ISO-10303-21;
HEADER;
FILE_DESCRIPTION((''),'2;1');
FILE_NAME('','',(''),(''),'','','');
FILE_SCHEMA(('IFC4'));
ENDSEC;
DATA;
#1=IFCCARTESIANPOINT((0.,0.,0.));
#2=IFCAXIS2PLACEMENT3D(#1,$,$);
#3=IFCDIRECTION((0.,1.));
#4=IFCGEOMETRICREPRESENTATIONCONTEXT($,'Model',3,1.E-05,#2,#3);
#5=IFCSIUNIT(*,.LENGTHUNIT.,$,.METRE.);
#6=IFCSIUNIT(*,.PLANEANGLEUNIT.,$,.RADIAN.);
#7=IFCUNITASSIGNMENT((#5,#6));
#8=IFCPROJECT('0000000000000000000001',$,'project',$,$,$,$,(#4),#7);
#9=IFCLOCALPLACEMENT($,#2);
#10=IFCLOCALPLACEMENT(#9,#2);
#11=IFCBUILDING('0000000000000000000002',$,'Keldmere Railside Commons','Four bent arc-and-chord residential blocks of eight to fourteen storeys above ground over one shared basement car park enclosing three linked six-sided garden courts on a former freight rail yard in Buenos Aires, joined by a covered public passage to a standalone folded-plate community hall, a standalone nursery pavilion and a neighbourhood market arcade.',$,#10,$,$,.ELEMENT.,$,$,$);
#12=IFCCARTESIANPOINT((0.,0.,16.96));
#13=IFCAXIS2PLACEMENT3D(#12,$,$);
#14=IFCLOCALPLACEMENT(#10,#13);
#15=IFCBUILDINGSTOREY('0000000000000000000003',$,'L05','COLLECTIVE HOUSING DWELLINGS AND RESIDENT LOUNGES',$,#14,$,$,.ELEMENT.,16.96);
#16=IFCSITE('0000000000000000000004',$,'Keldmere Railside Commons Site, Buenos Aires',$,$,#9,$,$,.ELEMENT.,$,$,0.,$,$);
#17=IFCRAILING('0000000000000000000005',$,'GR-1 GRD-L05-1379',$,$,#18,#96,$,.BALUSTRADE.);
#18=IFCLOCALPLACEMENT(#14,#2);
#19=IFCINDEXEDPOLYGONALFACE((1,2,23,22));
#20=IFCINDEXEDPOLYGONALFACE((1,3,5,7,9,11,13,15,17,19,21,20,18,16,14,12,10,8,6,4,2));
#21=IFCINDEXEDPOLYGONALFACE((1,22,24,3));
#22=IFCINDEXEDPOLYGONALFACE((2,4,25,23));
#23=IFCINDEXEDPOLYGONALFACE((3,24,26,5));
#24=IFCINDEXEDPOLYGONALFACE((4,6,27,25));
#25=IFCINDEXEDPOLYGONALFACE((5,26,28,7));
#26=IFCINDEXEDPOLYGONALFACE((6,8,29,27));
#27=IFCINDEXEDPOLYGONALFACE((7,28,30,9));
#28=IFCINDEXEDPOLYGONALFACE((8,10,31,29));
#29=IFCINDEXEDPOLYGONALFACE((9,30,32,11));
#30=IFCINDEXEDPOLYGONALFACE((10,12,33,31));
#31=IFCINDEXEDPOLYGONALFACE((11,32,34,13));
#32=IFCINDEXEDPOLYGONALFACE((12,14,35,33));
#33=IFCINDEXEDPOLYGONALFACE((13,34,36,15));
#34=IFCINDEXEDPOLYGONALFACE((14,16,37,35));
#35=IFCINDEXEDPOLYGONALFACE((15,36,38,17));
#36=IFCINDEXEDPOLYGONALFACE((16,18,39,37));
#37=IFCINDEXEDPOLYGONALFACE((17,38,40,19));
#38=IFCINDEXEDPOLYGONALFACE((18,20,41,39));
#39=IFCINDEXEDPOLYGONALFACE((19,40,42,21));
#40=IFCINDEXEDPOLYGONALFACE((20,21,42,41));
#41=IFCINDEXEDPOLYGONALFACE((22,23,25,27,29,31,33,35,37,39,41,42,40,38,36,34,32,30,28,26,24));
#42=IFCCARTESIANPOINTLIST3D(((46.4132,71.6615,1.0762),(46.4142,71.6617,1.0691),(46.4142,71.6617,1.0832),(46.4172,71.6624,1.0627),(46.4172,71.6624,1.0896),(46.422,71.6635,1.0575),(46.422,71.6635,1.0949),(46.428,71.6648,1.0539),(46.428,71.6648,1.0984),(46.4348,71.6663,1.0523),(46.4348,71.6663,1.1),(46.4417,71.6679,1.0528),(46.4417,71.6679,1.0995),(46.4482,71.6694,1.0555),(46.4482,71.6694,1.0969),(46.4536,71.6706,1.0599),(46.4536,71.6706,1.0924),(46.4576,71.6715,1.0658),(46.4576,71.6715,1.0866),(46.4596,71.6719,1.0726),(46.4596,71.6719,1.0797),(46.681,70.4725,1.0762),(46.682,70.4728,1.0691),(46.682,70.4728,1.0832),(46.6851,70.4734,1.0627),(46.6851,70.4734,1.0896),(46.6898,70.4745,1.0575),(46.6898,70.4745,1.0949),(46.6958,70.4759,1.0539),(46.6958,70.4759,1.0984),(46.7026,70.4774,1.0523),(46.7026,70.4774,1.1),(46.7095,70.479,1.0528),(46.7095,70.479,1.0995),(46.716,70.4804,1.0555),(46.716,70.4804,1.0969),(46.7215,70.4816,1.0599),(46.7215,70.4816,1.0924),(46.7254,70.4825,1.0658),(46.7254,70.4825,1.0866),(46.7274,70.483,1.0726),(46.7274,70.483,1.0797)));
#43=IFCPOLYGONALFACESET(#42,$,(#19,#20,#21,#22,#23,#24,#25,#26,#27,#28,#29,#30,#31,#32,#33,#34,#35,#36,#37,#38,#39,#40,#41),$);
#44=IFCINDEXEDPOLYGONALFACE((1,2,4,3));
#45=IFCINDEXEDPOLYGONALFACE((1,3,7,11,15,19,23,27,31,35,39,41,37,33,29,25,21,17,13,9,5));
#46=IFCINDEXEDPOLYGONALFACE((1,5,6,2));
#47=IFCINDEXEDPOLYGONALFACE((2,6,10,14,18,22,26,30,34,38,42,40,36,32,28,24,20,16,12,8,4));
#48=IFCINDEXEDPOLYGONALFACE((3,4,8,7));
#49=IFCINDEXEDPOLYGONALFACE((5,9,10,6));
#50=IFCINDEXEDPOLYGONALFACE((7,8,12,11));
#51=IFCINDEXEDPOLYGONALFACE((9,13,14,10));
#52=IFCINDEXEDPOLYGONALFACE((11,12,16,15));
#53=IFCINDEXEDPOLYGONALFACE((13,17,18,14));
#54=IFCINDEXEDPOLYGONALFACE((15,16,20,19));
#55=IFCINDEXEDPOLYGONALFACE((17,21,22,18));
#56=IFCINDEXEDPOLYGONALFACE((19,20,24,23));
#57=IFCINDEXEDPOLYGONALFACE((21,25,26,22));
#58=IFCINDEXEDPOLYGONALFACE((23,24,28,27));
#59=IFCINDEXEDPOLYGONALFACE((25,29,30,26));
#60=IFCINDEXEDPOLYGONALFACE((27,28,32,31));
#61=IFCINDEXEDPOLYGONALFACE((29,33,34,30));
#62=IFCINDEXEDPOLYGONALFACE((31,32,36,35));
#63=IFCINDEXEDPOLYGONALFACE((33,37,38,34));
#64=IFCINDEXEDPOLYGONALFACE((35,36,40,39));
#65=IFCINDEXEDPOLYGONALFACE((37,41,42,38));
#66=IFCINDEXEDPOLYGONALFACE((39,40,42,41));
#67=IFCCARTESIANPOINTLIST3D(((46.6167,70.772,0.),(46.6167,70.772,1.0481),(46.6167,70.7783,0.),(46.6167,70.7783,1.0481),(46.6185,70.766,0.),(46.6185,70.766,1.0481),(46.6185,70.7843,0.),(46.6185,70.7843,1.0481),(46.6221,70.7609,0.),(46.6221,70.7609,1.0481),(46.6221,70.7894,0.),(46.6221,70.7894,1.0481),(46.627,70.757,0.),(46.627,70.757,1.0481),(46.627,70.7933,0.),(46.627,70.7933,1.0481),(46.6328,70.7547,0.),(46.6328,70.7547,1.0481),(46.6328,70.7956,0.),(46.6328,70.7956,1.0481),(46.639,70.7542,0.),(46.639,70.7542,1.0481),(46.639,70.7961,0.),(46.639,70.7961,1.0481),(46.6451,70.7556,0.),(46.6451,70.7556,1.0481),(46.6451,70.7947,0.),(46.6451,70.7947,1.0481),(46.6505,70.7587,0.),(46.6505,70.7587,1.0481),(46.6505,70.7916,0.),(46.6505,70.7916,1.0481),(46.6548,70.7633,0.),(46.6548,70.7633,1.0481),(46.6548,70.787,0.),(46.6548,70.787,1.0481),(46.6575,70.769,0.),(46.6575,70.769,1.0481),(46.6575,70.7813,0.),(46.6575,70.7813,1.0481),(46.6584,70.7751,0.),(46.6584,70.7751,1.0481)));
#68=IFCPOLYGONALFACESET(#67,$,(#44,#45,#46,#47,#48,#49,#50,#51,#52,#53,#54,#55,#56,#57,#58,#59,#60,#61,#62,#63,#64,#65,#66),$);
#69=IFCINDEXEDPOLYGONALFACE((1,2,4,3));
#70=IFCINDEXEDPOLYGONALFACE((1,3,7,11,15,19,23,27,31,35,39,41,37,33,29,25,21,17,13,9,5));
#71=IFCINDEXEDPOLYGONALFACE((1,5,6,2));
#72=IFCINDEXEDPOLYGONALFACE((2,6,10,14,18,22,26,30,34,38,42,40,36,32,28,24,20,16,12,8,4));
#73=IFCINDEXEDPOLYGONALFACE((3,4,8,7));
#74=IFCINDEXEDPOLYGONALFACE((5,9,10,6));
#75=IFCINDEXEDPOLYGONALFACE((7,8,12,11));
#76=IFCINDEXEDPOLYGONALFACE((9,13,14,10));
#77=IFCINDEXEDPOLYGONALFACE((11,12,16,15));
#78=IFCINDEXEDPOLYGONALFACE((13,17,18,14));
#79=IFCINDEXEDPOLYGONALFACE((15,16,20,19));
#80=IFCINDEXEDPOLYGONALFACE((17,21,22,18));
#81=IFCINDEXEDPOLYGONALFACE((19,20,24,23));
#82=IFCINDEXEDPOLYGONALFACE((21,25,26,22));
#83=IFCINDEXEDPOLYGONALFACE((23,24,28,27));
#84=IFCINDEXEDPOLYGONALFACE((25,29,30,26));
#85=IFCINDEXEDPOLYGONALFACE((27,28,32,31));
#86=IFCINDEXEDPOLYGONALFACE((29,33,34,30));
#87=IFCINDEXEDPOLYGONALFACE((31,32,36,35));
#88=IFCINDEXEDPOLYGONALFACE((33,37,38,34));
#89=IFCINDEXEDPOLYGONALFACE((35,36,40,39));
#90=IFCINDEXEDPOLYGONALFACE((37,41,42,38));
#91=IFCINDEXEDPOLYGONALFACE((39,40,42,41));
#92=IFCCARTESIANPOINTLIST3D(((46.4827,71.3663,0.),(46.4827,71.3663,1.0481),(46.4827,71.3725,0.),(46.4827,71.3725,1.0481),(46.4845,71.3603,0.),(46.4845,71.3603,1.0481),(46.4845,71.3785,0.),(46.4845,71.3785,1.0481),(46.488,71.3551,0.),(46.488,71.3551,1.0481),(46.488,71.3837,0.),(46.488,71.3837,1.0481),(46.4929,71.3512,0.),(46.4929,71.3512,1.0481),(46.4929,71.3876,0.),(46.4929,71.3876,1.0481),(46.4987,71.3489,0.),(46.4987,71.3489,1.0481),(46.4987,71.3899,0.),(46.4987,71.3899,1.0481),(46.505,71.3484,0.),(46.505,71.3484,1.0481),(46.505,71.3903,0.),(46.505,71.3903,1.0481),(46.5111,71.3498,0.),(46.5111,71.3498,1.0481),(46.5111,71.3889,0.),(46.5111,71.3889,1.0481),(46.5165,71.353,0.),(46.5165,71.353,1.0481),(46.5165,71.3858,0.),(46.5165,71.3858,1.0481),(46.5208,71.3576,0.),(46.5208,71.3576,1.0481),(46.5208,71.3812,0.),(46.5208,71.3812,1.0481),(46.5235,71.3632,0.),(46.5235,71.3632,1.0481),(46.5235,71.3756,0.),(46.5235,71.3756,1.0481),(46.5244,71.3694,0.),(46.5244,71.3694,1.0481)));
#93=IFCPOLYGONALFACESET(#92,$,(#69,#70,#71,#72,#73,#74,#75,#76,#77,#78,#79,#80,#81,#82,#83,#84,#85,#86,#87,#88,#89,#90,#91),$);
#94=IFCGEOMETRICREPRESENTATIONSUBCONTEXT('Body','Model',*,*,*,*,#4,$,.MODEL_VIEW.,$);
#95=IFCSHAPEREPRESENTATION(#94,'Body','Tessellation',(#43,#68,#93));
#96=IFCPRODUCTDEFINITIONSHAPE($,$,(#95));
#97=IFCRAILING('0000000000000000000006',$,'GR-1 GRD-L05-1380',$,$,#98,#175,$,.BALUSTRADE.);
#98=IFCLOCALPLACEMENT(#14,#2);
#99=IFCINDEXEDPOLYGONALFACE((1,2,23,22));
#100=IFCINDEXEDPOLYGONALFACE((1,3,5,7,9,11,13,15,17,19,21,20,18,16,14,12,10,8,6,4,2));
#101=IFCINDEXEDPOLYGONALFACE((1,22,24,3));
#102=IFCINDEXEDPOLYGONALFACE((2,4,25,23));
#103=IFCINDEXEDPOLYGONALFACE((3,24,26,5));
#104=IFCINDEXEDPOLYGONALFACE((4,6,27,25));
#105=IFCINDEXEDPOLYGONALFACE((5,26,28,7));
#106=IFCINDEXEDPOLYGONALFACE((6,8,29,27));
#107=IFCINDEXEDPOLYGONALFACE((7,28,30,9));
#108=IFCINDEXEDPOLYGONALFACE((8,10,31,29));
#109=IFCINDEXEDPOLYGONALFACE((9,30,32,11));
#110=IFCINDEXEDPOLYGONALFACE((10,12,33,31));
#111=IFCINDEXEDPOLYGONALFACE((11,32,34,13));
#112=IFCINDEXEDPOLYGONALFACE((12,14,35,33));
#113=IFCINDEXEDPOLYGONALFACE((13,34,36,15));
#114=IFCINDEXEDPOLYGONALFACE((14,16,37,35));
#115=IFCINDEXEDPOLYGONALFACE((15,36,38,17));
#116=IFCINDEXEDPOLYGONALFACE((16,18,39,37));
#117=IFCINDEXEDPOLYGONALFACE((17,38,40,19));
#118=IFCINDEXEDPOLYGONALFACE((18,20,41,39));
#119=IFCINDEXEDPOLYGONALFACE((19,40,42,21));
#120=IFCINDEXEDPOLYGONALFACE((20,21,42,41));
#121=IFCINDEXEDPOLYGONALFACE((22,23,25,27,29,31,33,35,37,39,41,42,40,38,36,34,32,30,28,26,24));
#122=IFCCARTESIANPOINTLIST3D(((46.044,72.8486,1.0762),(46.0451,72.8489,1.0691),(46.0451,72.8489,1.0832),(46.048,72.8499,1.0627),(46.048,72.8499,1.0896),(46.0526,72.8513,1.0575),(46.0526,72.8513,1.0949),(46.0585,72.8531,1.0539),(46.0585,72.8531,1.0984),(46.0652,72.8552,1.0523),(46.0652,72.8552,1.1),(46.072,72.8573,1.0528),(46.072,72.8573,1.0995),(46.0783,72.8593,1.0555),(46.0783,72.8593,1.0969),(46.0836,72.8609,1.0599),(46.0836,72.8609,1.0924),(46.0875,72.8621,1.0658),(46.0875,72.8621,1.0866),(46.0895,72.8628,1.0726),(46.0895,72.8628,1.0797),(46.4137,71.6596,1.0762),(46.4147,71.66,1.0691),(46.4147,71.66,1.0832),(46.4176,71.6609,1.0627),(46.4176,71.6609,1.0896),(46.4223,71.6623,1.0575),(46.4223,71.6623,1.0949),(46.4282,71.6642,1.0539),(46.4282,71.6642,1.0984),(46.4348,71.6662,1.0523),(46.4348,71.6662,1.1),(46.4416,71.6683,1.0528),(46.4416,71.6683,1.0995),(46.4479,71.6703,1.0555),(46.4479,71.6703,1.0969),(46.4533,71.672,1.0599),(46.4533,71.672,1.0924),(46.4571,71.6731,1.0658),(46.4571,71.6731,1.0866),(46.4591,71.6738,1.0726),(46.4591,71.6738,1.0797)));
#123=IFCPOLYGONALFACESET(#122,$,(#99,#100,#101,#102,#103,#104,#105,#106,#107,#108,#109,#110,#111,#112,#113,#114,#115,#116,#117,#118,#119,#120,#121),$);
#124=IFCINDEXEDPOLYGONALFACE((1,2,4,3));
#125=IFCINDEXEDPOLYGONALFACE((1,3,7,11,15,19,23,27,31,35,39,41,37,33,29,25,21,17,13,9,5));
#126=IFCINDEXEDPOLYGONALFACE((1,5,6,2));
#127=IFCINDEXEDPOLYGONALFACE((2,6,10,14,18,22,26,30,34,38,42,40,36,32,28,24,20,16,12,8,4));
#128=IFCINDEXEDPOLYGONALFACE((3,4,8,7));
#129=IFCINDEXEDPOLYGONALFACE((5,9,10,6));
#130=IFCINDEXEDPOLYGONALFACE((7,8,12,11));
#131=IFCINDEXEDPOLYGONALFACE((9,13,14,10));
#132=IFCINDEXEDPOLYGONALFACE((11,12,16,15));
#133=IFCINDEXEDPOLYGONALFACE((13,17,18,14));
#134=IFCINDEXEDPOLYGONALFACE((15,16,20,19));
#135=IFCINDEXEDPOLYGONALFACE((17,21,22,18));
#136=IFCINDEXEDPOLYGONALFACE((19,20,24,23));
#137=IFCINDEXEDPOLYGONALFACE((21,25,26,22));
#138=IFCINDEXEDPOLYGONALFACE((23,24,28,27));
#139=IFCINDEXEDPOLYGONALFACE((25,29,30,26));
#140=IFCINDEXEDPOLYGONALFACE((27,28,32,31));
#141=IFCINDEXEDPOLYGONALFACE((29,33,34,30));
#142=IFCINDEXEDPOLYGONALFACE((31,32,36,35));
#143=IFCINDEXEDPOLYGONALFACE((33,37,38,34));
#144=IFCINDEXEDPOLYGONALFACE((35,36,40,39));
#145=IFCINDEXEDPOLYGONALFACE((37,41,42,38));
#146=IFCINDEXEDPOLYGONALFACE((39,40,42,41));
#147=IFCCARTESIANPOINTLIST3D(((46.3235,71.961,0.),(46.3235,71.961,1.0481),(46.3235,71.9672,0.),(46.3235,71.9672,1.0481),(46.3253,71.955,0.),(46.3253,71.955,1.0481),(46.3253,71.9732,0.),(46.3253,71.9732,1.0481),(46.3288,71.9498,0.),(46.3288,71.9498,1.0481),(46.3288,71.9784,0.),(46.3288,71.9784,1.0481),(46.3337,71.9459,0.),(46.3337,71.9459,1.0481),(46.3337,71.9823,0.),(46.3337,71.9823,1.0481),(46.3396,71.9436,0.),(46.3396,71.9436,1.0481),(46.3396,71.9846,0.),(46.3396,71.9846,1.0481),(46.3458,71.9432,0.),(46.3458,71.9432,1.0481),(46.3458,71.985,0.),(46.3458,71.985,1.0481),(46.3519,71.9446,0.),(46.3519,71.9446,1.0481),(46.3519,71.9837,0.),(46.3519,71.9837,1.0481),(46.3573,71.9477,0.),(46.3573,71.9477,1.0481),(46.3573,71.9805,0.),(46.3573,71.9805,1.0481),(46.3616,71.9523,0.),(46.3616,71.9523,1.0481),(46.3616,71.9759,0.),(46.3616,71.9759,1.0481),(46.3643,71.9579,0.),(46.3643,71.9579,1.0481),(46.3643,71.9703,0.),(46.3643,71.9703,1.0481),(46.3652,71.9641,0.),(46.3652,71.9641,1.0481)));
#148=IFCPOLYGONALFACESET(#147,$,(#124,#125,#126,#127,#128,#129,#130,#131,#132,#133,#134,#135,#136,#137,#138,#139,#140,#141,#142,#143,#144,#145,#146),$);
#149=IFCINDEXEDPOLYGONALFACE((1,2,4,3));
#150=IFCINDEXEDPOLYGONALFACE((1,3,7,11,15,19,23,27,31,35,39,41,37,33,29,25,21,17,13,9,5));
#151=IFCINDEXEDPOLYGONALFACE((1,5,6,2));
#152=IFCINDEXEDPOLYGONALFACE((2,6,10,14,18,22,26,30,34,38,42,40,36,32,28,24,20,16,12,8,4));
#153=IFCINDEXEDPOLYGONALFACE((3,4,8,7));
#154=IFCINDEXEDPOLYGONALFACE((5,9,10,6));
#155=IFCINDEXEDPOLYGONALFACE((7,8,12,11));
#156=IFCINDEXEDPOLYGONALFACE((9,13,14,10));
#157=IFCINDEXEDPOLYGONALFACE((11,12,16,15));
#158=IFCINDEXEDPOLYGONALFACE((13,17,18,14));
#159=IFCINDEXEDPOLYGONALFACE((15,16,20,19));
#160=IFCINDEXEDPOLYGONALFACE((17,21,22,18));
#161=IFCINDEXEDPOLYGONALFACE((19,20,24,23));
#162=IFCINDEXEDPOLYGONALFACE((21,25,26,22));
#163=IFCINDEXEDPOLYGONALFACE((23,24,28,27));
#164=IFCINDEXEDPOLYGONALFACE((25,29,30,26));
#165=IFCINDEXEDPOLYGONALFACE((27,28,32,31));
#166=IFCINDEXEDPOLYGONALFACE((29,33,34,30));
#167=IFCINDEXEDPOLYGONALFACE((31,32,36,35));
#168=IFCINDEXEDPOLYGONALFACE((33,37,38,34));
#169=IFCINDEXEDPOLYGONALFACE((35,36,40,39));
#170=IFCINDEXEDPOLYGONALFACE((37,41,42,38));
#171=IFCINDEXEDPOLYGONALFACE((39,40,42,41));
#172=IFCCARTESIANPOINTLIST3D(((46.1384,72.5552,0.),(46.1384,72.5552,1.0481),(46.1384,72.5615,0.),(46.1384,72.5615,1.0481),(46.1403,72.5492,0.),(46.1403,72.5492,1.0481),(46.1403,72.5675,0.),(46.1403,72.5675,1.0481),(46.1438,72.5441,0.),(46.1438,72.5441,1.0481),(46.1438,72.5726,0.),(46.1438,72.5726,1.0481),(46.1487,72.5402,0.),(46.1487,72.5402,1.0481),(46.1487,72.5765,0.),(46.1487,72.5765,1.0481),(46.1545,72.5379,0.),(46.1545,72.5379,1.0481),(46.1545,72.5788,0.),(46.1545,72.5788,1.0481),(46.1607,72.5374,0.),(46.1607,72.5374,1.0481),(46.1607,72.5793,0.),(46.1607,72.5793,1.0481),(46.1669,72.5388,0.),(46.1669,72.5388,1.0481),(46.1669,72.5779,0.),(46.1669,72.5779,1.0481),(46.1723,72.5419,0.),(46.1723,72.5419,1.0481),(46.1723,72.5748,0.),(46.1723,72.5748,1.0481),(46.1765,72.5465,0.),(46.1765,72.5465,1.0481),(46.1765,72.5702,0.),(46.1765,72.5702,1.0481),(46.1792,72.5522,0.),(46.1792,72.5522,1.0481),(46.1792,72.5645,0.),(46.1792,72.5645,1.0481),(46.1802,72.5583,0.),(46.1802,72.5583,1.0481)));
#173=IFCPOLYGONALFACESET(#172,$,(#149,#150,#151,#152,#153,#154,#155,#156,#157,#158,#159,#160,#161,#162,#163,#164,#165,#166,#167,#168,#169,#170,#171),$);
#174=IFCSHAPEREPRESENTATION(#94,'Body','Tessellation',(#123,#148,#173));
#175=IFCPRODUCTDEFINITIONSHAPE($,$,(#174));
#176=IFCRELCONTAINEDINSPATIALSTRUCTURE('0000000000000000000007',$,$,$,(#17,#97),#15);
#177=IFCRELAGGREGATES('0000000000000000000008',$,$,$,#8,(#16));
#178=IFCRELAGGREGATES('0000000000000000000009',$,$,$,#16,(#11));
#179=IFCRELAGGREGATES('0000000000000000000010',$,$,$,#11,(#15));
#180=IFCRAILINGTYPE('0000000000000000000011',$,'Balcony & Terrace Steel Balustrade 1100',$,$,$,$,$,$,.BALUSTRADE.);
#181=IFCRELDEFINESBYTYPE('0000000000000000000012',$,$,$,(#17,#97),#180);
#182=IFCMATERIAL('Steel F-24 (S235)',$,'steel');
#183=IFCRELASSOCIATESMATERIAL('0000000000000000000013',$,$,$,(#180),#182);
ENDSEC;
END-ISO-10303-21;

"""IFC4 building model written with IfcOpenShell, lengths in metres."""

from ifc_helpers import new_model, si_unit, direction, frame, origin, origin_2d, place, context, subcontext, project, spatial, circle, extrude, material, type_object, element, save


model = new_model("IFC4")

# Units and contexts
model_context = context("Model", 3, precision=1e-05, world=origin(), true_north=direction((0.0, 1.0)))
body_context = subcontext(model_context, "Body", "Model", "MODEL_VIEW")
ifc_project = project(units=[si_unit("LENGTHUNIT", "METRE"), si_unit("PLANEANGLEUNIT", "RADIAN")], contexts=[model_context])

# Site, building, storey
site_placement = place(None, origin())
site = spatial("IfcSite", under=ifc_project, at=site_placement, Name="Keldmere Railside Commons Site, Buenos Aires", CompositionType="ELEMENT", RefElevation=0.0)
building_placement = place(site_placement, origin())
building = spatial("IfcBuilding", under=site, at=building_placement, Name="Keldmere Railside Commons", Description="Four bent arc-and-chord residential blocks of eight to fourteen storeys above ground over one shared basement car park enclosing three linked six-sided garden courts on a former freight rail yard in Buenos Aires, joined by a covered public passage to a standalone folded-plate community hall, a standalone nursery pavilion and a neighbourhood market arcade.", CompositionType="ELEMENT")
storey_placement = place(building_placement, frame((0.0, 0.0, 16.96)))
storey = spatial("IfcBuildingStorey", under=building, at=storey_placement, Name="L05", Description="COLLECTIVE HOUSING DWELLINGS AND RESIDENT LOUNGES", CompositionType="ELEMENT", Elevation=16.96)

# Railings
ifc_material_1 = material(Name="Steel F-24 (S235)", Category="steel")
railing_type_1 = type_object("IfcRailingType", Name="Balcony & Terrace Steel Balustrade 1100", PredefinedType="BALUSTRADE", material=ifc_material_1)
railing_1_placement = place(storey_placement, frame((46.7043, 70.4778, 0.0)))
element("IfcRailing", 1, at=railing_1_placement, inside=storey, type_object=railing_type_1, Name="GR-1 GRD-L05-1379", PredefinedType="BALUSTRADE", context=body_context, shape_type="SweptSolid", body=[
    extrude(circle(Radius=0.0239, at=origin_2d()), frame((0.0, 0.0, 1.0762), z_axis=(-0.219751, 0.975556, 0.0), x_axis=(-0.975556, -0.219751, 0.0)), (0.0, 0.0, 1.0), 1.2188),
    extrude(circle(Radius=0.021, at=origin_2d()), frame((-0.0669, 0.2974, 0.0)), (0.0, 0.0, 1.0), 1.0481),
    extrude(circle(Radius=0.021, at=origin_2d()), frame((-0.2009, 0.8916, 0.0)), (0.0, 0.0, 1.0), 1.0481),
])
railing_2_placement = place(storey_placement, frame((46.4365, 71.6667, 0.0)))
element("IfcRailing", 2, at=railing_2_placement, inside=storey, type_object=railing_type_1, Name="GR-1 GRD-L05-1380", PredefinedType="BALUSTRADE", context=body_context, shape_type="SweptSolid", body=[
    extrude(circle(Radius=0.0239, at=origin_2d()), frame((0.0, 0.0, 1.0762), z_axis=(-0.296868, 0.954919, 0.0), x_axis=(-0.954919, -0.296868, 0.0)), (0.0, 0.0, 1.0), 1.2451),
    extrude(circle(Radius=0.021, at=origin_2d()), frame((-0.0923, 0.2974, 0.0)), (0.0, 0.0, 1.0), 1.0481),
    extrude(circle(Radius=0.021, at=origin_2d()), frame((-0.2773, 0.8916, 0.0)), (0.0, 0.0, 1.0), 1.0481),
])

save(model, "model.ifc")
